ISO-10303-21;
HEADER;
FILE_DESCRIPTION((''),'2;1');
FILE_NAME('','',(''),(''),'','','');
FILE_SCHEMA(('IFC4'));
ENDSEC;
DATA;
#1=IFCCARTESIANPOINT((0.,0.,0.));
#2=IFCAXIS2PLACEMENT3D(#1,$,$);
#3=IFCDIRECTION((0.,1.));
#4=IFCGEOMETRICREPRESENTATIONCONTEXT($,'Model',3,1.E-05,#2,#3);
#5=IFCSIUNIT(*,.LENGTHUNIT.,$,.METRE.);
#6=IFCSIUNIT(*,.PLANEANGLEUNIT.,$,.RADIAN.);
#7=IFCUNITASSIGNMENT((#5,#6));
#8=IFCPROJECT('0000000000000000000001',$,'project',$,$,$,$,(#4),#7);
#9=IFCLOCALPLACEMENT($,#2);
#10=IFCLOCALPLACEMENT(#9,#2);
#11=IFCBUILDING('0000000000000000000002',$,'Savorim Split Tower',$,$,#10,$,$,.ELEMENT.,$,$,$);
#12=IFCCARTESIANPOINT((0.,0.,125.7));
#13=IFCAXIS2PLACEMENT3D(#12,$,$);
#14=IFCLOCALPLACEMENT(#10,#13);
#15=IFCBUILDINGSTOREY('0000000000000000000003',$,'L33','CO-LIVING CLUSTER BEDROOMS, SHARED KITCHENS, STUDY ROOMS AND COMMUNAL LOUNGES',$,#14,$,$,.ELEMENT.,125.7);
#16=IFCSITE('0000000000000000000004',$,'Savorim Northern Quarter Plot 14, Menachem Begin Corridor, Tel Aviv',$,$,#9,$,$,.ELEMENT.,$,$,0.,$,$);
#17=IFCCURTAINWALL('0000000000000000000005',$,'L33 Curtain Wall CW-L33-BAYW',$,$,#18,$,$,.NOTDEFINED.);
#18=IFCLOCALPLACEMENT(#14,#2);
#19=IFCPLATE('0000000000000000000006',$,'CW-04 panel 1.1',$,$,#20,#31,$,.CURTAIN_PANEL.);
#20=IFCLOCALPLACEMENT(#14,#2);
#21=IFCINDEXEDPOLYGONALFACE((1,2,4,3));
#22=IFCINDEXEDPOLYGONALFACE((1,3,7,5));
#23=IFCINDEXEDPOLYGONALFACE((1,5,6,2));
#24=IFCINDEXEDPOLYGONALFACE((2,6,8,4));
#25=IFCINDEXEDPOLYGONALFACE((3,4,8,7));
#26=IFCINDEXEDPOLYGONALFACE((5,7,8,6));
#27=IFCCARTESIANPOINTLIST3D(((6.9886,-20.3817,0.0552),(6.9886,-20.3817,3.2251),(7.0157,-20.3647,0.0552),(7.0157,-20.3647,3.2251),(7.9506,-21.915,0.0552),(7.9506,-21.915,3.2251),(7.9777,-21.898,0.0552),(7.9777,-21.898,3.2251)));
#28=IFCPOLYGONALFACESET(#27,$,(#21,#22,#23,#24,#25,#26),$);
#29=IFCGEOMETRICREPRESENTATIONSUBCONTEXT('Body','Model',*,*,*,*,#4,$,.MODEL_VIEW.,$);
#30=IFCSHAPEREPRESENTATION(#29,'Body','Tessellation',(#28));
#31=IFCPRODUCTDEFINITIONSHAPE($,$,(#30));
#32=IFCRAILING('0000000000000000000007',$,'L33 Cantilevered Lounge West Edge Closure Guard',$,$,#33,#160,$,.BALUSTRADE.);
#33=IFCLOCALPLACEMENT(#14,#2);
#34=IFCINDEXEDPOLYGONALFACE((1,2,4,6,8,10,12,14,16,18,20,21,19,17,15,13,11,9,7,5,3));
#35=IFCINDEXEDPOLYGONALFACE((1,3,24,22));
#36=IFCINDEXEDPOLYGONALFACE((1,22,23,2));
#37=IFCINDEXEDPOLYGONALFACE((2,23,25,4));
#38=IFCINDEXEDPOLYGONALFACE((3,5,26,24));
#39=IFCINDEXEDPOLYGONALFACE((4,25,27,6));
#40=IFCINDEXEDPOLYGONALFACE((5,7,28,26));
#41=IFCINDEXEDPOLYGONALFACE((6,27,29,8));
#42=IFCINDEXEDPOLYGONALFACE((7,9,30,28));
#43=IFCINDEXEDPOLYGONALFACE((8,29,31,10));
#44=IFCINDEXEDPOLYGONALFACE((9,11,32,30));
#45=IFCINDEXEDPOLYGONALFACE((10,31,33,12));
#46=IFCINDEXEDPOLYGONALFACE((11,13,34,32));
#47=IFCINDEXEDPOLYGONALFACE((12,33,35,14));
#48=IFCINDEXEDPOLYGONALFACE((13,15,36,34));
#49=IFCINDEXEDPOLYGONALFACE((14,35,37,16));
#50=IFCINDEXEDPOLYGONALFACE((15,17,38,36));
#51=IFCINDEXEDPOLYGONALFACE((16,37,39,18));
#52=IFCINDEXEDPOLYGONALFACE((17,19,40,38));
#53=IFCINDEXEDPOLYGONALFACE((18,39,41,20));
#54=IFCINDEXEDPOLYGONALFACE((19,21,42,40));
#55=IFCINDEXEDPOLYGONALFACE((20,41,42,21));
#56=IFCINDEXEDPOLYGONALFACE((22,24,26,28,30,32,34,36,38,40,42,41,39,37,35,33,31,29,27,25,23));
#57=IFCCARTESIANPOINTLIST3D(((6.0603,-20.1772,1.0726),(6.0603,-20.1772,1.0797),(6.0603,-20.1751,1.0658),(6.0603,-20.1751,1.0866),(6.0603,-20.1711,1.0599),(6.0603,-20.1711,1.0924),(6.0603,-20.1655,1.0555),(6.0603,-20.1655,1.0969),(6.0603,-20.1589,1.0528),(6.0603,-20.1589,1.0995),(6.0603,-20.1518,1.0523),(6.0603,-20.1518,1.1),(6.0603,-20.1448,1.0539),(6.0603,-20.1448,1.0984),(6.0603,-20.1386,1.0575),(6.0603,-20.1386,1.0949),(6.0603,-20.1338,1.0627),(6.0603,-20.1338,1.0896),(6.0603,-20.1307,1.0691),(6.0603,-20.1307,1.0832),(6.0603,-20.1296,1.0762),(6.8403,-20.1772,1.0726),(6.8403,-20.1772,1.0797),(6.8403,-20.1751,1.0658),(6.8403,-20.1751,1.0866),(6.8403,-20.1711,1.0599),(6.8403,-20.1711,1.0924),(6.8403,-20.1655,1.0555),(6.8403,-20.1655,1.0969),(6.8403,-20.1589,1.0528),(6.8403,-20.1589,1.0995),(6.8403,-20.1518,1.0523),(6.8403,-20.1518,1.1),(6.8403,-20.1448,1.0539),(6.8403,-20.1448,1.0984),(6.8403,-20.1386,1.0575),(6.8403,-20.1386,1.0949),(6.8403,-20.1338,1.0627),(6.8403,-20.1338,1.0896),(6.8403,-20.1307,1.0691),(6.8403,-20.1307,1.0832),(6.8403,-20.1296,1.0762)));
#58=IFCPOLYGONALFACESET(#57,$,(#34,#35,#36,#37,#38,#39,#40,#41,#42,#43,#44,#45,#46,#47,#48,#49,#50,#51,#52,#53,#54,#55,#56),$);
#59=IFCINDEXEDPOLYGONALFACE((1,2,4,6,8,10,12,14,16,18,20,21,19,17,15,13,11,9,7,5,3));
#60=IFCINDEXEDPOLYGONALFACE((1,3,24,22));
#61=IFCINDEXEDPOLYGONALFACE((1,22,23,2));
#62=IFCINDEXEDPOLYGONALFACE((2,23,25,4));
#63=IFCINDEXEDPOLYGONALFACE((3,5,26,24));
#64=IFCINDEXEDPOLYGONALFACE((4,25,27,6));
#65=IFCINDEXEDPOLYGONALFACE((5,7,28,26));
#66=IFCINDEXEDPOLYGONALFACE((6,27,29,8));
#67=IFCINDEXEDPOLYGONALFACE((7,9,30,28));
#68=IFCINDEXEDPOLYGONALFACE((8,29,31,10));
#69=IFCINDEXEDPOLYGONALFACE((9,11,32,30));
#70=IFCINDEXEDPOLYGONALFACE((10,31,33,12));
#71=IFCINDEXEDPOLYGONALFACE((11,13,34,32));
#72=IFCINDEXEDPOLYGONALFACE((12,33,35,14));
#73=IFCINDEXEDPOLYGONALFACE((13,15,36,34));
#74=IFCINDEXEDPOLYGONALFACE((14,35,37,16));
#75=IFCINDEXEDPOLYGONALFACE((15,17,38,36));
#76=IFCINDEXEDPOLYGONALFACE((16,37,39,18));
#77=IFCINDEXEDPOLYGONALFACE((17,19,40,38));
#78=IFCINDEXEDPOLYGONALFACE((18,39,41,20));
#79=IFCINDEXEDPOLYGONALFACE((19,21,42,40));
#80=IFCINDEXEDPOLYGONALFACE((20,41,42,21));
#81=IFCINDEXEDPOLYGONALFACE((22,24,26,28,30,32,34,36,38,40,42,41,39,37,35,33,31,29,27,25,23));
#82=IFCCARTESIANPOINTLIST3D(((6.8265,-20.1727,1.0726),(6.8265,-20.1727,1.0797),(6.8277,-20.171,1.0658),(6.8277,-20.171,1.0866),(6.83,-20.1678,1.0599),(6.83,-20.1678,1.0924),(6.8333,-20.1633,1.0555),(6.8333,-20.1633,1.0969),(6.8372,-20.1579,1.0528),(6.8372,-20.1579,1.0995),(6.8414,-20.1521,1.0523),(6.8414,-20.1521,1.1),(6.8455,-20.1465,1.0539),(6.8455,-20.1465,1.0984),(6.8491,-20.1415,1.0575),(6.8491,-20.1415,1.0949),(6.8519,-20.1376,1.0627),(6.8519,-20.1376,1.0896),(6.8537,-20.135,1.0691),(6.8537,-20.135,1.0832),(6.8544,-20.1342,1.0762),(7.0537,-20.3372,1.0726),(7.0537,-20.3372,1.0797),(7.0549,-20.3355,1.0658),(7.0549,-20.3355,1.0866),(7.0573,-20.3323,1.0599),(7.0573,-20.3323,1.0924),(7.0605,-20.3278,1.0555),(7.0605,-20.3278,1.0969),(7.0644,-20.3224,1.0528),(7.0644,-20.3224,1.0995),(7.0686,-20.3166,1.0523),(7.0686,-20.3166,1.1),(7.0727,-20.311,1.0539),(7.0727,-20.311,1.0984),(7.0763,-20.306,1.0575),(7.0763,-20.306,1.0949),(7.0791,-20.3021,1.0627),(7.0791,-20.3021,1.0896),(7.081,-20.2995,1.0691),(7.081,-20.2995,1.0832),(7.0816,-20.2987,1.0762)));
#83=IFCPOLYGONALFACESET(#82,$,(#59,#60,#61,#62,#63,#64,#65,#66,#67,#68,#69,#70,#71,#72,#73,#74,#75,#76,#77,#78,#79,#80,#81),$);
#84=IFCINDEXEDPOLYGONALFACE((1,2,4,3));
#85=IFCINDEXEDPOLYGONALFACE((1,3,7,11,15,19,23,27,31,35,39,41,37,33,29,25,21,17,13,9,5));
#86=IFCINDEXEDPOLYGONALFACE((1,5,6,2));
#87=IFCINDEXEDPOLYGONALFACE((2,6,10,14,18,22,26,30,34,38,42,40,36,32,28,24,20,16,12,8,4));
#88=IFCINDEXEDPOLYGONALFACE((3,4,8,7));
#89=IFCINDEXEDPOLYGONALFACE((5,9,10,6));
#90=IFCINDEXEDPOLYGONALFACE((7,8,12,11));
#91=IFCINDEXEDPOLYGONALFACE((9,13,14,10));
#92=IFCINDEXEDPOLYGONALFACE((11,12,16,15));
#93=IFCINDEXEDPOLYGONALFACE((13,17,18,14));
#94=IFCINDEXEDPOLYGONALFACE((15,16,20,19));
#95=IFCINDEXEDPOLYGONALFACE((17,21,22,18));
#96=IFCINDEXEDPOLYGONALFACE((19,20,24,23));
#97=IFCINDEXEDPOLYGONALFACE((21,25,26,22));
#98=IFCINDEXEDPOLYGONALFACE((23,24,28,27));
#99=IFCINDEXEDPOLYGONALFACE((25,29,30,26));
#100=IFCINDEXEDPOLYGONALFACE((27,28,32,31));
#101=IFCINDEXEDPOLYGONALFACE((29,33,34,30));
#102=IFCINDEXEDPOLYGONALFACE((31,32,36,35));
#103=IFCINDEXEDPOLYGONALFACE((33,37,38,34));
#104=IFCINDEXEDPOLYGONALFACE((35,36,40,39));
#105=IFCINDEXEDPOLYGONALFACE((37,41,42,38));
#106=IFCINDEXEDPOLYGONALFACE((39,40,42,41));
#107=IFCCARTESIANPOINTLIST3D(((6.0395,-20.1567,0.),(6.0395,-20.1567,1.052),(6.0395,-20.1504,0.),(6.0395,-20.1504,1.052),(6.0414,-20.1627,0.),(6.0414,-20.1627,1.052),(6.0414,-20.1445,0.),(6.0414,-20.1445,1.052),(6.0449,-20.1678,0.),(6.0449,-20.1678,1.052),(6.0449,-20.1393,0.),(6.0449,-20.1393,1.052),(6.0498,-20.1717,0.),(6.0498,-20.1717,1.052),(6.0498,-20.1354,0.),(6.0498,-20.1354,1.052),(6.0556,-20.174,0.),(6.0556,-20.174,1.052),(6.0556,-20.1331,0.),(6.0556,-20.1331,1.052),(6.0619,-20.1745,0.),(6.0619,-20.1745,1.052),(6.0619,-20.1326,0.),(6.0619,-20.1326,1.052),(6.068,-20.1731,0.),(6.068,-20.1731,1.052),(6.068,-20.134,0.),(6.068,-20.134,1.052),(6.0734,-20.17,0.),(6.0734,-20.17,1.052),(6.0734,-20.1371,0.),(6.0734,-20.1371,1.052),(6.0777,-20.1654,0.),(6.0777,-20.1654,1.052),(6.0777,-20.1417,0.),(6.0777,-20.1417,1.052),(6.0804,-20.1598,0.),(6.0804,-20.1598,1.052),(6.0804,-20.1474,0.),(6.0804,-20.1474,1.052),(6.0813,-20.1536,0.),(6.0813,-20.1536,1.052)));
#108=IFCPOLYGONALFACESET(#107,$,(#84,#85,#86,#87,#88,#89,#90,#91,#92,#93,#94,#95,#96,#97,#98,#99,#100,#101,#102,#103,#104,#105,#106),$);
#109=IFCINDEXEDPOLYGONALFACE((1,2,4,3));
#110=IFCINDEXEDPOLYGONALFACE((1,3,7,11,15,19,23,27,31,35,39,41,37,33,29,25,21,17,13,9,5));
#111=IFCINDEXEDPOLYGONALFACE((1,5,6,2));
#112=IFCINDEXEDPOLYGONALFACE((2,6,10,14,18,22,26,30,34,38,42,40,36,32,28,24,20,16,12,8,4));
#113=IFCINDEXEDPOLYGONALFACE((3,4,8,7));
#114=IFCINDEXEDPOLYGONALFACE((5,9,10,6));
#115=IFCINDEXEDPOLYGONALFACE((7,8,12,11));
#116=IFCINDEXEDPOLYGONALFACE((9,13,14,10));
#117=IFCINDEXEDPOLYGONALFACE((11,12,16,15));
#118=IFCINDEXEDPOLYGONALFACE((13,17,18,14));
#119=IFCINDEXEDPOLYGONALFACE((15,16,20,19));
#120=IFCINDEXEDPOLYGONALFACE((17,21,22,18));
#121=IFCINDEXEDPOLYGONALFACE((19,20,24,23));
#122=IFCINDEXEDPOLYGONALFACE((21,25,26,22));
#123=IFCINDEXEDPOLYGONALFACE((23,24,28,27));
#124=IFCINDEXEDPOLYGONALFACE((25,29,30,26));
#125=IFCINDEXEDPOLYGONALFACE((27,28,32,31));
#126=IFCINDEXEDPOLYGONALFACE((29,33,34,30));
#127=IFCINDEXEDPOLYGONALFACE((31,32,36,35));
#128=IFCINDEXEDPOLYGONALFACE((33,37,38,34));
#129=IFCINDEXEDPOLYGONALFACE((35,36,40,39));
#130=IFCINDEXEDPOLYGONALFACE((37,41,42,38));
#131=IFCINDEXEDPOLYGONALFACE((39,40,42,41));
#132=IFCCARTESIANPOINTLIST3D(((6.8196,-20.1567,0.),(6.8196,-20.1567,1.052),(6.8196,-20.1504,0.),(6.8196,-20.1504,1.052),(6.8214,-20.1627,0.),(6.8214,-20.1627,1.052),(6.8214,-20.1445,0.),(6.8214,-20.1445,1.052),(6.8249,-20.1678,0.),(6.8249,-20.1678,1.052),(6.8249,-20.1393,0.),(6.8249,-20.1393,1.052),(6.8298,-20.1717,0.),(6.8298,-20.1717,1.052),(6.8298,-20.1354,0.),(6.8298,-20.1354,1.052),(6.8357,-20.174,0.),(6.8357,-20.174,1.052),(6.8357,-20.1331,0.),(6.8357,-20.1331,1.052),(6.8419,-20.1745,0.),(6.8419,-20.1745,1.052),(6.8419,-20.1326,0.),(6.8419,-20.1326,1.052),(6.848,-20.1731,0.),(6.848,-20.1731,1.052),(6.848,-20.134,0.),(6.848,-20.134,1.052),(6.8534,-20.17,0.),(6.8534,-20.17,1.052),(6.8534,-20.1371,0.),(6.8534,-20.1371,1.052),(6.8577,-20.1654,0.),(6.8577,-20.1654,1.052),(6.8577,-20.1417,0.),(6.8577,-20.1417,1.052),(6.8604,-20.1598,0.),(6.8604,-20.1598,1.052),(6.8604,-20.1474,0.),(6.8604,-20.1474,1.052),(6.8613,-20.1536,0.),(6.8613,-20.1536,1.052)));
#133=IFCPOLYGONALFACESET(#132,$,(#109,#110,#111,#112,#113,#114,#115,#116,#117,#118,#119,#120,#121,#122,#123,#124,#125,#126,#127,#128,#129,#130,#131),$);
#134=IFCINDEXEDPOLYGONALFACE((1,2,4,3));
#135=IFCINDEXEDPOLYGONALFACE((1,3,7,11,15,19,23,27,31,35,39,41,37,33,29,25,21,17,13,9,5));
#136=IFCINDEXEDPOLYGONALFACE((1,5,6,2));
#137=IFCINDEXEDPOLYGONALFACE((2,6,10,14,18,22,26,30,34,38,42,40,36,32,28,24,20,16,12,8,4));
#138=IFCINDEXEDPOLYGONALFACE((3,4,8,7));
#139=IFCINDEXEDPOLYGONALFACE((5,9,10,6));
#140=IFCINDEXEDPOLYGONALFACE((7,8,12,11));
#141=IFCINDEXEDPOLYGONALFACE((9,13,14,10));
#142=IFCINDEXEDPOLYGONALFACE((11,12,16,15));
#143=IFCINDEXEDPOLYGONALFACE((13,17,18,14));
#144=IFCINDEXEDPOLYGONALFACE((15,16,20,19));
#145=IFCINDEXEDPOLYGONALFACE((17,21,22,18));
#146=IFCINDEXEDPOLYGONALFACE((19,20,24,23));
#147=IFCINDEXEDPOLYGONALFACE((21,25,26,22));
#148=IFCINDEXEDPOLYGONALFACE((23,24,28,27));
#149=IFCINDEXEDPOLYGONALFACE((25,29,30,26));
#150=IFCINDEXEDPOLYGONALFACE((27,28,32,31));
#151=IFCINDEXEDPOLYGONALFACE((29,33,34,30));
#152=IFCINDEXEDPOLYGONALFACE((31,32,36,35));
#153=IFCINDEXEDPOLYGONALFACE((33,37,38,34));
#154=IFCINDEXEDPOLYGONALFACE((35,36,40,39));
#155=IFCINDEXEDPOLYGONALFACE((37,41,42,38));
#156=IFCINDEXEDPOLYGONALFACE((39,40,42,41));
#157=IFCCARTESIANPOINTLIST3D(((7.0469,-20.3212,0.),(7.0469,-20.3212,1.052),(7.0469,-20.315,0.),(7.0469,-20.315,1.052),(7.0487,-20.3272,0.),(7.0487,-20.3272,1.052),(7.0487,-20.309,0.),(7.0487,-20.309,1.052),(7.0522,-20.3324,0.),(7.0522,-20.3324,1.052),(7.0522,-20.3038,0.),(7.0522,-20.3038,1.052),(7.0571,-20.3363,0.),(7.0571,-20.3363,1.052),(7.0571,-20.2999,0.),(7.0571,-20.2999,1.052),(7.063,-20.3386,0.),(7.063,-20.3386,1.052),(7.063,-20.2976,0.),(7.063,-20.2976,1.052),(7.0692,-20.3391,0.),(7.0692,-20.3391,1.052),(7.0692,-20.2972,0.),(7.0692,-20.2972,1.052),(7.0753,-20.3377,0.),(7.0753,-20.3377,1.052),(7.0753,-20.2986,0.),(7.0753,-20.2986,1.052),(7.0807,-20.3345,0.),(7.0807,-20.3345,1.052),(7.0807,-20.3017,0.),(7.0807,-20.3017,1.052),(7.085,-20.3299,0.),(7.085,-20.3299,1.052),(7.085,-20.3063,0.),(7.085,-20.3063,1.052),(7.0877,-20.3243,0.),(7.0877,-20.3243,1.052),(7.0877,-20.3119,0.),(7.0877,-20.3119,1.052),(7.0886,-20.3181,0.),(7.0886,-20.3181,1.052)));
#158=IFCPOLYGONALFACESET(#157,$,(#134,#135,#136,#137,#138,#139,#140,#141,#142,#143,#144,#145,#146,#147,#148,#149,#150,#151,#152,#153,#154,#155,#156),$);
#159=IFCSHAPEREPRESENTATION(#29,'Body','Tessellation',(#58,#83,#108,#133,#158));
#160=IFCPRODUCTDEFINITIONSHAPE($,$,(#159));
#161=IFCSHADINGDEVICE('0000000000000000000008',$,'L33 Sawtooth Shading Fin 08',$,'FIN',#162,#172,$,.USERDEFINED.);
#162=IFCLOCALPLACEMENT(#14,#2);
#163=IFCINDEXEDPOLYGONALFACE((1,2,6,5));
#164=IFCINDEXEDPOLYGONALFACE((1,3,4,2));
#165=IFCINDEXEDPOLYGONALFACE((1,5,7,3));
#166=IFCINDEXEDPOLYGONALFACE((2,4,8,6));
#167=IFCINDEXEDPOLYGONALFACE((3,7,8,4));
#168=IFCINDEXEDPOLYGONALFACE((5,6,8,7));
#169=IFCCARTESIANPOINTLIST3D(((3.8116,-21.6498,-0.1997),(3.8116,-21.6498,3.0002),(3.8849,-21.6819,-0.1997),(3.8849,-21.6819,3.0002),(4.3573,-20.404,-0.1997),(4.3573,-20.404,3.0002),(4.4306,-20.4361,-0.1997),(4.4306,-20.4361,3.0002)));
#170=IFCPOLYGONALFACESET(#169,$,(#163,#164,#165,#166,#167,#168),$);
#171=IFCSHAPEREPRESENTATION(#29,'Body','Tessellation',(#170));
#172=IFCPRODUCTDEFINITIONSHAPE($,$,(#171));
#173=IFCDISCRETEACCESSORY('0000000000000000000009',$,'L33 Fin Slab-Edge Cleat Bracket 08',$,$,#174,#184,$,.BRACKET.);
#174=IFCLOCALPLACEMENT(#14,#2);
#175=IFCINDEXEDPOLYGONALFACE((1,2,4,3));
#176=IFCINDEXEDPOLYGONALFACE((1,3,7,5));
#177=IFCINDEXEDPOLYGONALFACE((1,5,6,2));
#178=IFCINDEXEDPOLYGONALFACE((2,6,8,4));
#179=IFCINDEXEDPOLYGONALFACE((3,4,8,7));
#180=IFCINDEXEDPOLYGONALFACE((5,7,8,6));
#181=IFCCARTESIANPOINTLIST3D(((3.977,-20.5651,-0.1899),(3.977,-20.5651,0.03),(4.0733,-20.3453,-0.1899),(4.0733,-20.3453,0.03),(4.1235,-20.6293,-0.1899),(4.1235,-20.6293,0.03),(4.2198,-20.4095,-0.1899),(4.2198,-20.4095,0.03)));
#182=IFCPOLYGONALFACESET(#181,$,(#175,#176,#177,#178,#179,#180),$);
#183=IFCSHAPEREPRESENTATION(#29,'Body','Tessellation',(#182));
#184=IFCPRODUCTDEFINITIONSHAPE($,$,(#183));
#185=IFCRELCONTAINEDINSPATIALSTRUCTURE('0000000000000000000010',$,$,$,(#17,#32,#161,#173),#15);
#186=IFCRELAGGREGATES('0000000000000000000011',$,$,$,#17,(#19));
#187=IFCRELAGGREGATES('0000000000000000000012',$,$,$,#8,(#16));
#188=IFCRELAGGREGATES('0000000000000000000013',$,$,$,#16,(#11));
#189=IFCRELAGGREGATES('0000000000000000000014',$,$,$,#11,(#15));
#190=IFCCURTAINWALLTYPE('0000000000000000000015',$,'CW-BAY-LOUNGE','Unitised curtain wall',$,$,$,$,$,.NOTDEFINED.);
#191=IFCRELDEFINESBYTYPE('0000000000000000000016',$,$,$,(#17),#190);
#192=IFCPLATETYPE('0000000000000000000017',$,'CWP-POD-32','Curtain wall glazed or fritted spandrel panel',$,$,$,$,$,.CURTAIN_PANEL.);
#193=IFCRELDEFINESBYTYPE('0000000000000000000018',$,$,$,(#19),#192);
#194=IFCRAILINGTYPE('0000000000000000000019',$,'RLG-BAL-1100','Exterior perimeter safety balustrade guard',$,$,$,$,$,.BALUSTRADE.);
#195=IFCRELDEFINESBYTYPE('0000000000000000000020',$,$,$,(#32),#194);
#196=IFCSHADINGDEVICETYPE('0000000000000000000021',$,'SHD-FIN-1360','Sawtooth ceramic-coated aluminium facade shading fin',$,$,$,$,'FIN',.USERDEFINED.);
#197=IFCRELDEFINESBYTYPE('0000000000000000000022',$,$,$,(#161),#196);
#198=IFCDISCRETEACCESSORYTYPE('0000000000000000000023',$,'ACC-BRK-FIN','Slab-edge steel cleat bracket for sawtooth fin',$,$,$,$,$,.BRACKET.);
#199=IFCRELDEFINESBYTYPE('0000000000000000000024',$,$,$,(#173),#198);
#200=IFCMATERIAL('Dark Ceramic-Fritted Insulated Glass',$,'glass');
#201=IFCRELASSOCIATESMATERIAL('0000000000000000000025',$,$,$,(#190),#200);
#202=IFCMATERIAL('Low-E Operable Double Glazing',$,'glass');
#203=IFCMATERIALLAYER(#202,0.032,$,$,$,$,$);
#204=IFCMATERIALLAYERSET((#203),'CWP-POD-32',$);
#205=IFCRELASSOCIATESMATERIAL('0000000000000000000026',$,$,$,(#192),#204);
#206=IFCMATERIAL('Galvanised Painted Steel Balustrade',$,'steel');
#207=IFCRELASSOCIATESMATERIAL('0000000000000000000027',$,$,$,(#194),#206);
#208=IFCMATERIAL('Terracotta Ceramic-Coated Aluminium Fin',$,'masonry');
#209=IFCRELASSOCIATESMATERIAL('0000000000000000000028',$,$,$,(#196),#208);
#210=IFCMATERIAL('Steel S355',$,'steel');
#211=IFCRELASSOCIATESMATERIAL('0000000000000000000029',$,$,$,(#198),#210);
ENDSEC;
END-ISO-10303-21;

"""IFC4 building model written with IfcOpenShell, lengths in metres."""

from ifc_helpers import new_model, si_unit, direction, frame, origin, origin_2d, place, context, subcontext, project, spatial, rectangle, circle, extrude, material, layer, layer_set, type_object, element, aggregate, save


model = new_model("IFC4")

# Units and contexts
model_context = context("Model", 3, precision=1e-05, world=origin(), true_north=direction((0.0, 1.0)))
body_context = subcontext(model_context, "Body", "Model", "MODEL_VIEW")
ifc_project = project(units=[si_unit("LENGTHUNIT", "METRE"), si_unit("PLANEANGLEUNIT", "RADIAN")], contexts=[model_context])

# Site, building, storey
site_placement = place(None, origin())
site = spatial("IfcSite", under=ifc_project, at=site_placement, Name="Savorim Northern Quarter Plot 14, Menachem Begin Corridor, Tel Aviv", CompositionType="ELEMENT", RefElevation=0.0)
building_placement = place(site_placement, origin())
building = spatial("IfcBuilding", under=site, at=building_placement, Name="Savorim Split Tower", CompositionType="ELEMENT")
storey_placement = place(building_placement, frame((0.0, 0.0, 125.7)))
storey = spatial("IfcBuildingStorey", under=building, at=storey_placement, Name="L33", Description="CO-LIVING CLUSTER BEDROOMS, SHARED KITCHENS, STUDY ROOMS AND COMMUNAL LOUNGES", CompositionType="ELEMENT", Elevation=125.7)

# Curtain wall
ifc_material_1 = material(Name="Dark Ceramic-Fritted Insulated Glass", Category="glass")
curtain_wall_type_1 = type_object("IfcCurtainWallType", Name="CW-BAY-LOUNGE", Description="Unitised curtain wall", PredefinedType="NOTDEFINED", material=ifc_material_1)
curtain_wall_1_placement = place(storey_placement, origin())
curtain_wall_1 = element("IfcCurtainWall", 1, at=curtain_wall_1_placement, inside=storey, type_object=curtain_wall_type_1, Name="L33 Curtain Wall CW-L33-BAYW", PredefinedType="NOTDEFINED")

# Plate
ifc_material_2 = material(Name="Low-E Operable Double Glazing", Category="glass")
ifc_layer_1 = layer(ifc_material_2, 0.032)
ifc_layer_set_1 = layer_set([ifc_layer_1], Name="CWP-POD-32")
plate_type_1 = type_object("IfcPlateType", Name="CWP-POD-32", Description="Curtain wall glazed or fritted spandrel panel", PredefinedType="CURTAIN_PANEL", material=ifc_layer_set_1)
plate_1_placement = place(storey_placement, frame((7.4832, -21.1399, 0.0552), z_axis=(0.0, 0.0, 1.0), x_axis=(0.531435, -0.847099, 0.0)))
plate_1 = element("IfcPlate", 2, at=plate_1_placement, type_object=plate_type_1, Name="CW-04 panel 1.1", PredefinedType="CURTAIN_PANEL", context=body_context, shape_type="SweptSolid", body=[
    extrude(rectangle(XDim=1.8101, YDim=0.032, at=origin_2d()), origin(), (0.0, 0.0, 1.0), 3.1699),
])
aggregate(curtain_wall_1, [plate_1])

# Railing
ifc_material_3 = material(Name="Galvanised Painted Steel Balustrade", Category="steel")
railing_type = type_object("IfcRailingType", Name="RLG-BAL-1100", Description="Exterior perimeter safety balustrade guard", PredefinedType="BALUSTRADE", material=ifc_material_3)
railing_placement = place(storey_placement, frame((6.0603, -20.1536, 0.0)))
element("IfcRailing", 3, at=railing_placement, inside=storey, type_object=railing_type, Name="L33 Cantilevered Lounge West Edge Closure Guard", PredefinedType="BALUSTRADE", context=body_context, shape_type="SweptSolid", body=[
    extrude(circle(Radius=0.0239, at=origin_2d()), frame((0.0, 0.0, 1.0762), z_axis=(1.0, 0.0, 0.0), x_axis=(0.0, 1.0, 0.0)), (0.0, 0.0, 1.0), 0.78),
    extrude(circle(Radius=0.0239, at=origin_2d()), frame((0.78, 0.0, 1.0762), z_axis=(0.810013, -0.586411, 0.0), x_axis=(0.586411, 0.810013, 0.0)), (0.0, 0.0, 1.0), 0.2805),
    extrude(circle(Radius=0.021, at=origin_2d()), origin(), (0.0, 0.0, 1.0), 1.052),
    extrude(circle(Radius=0.021, at=origin_2d()), frame((0.78, 0.0, 0.0)), (0.0, 0.0, 1.0), 1.052),
    extrude(circle(Radius=0.021, at=origin_2d()), frame((1.0073, -0.1646, 0.0)), (0.0, 0.0, 1.0), 1.052),
])

# Shading device
ifc_material_4 = material(Name="Terracotta Ceramic-Coated Aluminium Fin", Category="masonry")
shading_device_type = type_object("IfcShadingDeviceType", Name="SHD-FIN-1360", Description="Sawtooth ceramic-coated aluminium facade shading fin", ElementType="FIN", PredefinedType="USERDEFINED", material=ifc_material_4)
shading_device_placement = place(storey_placement, frame((4.1211, -21.043, -0.1997), z_axis=(0.0, 0.0, 1.0), x_axis=(-0.40123, -0.915977, 0.0)))
element("IfcShadingDevice", 4, at=shading_device_placement, inside=storey, type_object=shading_device_type, Name="L33 Sawtooth Shading Fin 08", ObjectType="FIN", PredefinedType="USERDEFINED", context=body_context, shape_type="SweptSolid", body=[
    extrude(rectangle(XDim=1.3601, YDim=0.0801, at=origin_2d()), origin(), (0.0, 0.0, 1.0), 3.2),
])

# Discrete accessory
ifc_material_5 = material(Name="Steel S355", Category="steel")
discrete_accessory_type = type_object("IfcDiscreteAccessoryType", Name="ACC-BRK-FIN", Description="Slab-edge steel cleat bracket for sawtooth fin", PredefinedType="BRACKET", material=ifc_material_5)
discrete_accessory_placement = place(storey_placement, frame((4.0984, -20.4873, -0.1899), z_axis=(0.0, 0.0, 1.0), x_axis=(-0.40123, -0.915977, 0.0)))
element("IfcDiscreteAccessory", 5, at=discrete_accessory_placement, inside=storey, type_object=discrete_accessory_type, Name="L33 Fin Slab-Edge Cleat Bracket 08", PredefinedType="BRACKET", context=body_context, shape_type="SweptSolid", body=[
    extrude(rectangle(XDim=0.24, YDim=0.1599, at=origin_2d()), origin(), (0.0, 0.0, 1.0), 0.22),
])

save(model, "model.ifc")
